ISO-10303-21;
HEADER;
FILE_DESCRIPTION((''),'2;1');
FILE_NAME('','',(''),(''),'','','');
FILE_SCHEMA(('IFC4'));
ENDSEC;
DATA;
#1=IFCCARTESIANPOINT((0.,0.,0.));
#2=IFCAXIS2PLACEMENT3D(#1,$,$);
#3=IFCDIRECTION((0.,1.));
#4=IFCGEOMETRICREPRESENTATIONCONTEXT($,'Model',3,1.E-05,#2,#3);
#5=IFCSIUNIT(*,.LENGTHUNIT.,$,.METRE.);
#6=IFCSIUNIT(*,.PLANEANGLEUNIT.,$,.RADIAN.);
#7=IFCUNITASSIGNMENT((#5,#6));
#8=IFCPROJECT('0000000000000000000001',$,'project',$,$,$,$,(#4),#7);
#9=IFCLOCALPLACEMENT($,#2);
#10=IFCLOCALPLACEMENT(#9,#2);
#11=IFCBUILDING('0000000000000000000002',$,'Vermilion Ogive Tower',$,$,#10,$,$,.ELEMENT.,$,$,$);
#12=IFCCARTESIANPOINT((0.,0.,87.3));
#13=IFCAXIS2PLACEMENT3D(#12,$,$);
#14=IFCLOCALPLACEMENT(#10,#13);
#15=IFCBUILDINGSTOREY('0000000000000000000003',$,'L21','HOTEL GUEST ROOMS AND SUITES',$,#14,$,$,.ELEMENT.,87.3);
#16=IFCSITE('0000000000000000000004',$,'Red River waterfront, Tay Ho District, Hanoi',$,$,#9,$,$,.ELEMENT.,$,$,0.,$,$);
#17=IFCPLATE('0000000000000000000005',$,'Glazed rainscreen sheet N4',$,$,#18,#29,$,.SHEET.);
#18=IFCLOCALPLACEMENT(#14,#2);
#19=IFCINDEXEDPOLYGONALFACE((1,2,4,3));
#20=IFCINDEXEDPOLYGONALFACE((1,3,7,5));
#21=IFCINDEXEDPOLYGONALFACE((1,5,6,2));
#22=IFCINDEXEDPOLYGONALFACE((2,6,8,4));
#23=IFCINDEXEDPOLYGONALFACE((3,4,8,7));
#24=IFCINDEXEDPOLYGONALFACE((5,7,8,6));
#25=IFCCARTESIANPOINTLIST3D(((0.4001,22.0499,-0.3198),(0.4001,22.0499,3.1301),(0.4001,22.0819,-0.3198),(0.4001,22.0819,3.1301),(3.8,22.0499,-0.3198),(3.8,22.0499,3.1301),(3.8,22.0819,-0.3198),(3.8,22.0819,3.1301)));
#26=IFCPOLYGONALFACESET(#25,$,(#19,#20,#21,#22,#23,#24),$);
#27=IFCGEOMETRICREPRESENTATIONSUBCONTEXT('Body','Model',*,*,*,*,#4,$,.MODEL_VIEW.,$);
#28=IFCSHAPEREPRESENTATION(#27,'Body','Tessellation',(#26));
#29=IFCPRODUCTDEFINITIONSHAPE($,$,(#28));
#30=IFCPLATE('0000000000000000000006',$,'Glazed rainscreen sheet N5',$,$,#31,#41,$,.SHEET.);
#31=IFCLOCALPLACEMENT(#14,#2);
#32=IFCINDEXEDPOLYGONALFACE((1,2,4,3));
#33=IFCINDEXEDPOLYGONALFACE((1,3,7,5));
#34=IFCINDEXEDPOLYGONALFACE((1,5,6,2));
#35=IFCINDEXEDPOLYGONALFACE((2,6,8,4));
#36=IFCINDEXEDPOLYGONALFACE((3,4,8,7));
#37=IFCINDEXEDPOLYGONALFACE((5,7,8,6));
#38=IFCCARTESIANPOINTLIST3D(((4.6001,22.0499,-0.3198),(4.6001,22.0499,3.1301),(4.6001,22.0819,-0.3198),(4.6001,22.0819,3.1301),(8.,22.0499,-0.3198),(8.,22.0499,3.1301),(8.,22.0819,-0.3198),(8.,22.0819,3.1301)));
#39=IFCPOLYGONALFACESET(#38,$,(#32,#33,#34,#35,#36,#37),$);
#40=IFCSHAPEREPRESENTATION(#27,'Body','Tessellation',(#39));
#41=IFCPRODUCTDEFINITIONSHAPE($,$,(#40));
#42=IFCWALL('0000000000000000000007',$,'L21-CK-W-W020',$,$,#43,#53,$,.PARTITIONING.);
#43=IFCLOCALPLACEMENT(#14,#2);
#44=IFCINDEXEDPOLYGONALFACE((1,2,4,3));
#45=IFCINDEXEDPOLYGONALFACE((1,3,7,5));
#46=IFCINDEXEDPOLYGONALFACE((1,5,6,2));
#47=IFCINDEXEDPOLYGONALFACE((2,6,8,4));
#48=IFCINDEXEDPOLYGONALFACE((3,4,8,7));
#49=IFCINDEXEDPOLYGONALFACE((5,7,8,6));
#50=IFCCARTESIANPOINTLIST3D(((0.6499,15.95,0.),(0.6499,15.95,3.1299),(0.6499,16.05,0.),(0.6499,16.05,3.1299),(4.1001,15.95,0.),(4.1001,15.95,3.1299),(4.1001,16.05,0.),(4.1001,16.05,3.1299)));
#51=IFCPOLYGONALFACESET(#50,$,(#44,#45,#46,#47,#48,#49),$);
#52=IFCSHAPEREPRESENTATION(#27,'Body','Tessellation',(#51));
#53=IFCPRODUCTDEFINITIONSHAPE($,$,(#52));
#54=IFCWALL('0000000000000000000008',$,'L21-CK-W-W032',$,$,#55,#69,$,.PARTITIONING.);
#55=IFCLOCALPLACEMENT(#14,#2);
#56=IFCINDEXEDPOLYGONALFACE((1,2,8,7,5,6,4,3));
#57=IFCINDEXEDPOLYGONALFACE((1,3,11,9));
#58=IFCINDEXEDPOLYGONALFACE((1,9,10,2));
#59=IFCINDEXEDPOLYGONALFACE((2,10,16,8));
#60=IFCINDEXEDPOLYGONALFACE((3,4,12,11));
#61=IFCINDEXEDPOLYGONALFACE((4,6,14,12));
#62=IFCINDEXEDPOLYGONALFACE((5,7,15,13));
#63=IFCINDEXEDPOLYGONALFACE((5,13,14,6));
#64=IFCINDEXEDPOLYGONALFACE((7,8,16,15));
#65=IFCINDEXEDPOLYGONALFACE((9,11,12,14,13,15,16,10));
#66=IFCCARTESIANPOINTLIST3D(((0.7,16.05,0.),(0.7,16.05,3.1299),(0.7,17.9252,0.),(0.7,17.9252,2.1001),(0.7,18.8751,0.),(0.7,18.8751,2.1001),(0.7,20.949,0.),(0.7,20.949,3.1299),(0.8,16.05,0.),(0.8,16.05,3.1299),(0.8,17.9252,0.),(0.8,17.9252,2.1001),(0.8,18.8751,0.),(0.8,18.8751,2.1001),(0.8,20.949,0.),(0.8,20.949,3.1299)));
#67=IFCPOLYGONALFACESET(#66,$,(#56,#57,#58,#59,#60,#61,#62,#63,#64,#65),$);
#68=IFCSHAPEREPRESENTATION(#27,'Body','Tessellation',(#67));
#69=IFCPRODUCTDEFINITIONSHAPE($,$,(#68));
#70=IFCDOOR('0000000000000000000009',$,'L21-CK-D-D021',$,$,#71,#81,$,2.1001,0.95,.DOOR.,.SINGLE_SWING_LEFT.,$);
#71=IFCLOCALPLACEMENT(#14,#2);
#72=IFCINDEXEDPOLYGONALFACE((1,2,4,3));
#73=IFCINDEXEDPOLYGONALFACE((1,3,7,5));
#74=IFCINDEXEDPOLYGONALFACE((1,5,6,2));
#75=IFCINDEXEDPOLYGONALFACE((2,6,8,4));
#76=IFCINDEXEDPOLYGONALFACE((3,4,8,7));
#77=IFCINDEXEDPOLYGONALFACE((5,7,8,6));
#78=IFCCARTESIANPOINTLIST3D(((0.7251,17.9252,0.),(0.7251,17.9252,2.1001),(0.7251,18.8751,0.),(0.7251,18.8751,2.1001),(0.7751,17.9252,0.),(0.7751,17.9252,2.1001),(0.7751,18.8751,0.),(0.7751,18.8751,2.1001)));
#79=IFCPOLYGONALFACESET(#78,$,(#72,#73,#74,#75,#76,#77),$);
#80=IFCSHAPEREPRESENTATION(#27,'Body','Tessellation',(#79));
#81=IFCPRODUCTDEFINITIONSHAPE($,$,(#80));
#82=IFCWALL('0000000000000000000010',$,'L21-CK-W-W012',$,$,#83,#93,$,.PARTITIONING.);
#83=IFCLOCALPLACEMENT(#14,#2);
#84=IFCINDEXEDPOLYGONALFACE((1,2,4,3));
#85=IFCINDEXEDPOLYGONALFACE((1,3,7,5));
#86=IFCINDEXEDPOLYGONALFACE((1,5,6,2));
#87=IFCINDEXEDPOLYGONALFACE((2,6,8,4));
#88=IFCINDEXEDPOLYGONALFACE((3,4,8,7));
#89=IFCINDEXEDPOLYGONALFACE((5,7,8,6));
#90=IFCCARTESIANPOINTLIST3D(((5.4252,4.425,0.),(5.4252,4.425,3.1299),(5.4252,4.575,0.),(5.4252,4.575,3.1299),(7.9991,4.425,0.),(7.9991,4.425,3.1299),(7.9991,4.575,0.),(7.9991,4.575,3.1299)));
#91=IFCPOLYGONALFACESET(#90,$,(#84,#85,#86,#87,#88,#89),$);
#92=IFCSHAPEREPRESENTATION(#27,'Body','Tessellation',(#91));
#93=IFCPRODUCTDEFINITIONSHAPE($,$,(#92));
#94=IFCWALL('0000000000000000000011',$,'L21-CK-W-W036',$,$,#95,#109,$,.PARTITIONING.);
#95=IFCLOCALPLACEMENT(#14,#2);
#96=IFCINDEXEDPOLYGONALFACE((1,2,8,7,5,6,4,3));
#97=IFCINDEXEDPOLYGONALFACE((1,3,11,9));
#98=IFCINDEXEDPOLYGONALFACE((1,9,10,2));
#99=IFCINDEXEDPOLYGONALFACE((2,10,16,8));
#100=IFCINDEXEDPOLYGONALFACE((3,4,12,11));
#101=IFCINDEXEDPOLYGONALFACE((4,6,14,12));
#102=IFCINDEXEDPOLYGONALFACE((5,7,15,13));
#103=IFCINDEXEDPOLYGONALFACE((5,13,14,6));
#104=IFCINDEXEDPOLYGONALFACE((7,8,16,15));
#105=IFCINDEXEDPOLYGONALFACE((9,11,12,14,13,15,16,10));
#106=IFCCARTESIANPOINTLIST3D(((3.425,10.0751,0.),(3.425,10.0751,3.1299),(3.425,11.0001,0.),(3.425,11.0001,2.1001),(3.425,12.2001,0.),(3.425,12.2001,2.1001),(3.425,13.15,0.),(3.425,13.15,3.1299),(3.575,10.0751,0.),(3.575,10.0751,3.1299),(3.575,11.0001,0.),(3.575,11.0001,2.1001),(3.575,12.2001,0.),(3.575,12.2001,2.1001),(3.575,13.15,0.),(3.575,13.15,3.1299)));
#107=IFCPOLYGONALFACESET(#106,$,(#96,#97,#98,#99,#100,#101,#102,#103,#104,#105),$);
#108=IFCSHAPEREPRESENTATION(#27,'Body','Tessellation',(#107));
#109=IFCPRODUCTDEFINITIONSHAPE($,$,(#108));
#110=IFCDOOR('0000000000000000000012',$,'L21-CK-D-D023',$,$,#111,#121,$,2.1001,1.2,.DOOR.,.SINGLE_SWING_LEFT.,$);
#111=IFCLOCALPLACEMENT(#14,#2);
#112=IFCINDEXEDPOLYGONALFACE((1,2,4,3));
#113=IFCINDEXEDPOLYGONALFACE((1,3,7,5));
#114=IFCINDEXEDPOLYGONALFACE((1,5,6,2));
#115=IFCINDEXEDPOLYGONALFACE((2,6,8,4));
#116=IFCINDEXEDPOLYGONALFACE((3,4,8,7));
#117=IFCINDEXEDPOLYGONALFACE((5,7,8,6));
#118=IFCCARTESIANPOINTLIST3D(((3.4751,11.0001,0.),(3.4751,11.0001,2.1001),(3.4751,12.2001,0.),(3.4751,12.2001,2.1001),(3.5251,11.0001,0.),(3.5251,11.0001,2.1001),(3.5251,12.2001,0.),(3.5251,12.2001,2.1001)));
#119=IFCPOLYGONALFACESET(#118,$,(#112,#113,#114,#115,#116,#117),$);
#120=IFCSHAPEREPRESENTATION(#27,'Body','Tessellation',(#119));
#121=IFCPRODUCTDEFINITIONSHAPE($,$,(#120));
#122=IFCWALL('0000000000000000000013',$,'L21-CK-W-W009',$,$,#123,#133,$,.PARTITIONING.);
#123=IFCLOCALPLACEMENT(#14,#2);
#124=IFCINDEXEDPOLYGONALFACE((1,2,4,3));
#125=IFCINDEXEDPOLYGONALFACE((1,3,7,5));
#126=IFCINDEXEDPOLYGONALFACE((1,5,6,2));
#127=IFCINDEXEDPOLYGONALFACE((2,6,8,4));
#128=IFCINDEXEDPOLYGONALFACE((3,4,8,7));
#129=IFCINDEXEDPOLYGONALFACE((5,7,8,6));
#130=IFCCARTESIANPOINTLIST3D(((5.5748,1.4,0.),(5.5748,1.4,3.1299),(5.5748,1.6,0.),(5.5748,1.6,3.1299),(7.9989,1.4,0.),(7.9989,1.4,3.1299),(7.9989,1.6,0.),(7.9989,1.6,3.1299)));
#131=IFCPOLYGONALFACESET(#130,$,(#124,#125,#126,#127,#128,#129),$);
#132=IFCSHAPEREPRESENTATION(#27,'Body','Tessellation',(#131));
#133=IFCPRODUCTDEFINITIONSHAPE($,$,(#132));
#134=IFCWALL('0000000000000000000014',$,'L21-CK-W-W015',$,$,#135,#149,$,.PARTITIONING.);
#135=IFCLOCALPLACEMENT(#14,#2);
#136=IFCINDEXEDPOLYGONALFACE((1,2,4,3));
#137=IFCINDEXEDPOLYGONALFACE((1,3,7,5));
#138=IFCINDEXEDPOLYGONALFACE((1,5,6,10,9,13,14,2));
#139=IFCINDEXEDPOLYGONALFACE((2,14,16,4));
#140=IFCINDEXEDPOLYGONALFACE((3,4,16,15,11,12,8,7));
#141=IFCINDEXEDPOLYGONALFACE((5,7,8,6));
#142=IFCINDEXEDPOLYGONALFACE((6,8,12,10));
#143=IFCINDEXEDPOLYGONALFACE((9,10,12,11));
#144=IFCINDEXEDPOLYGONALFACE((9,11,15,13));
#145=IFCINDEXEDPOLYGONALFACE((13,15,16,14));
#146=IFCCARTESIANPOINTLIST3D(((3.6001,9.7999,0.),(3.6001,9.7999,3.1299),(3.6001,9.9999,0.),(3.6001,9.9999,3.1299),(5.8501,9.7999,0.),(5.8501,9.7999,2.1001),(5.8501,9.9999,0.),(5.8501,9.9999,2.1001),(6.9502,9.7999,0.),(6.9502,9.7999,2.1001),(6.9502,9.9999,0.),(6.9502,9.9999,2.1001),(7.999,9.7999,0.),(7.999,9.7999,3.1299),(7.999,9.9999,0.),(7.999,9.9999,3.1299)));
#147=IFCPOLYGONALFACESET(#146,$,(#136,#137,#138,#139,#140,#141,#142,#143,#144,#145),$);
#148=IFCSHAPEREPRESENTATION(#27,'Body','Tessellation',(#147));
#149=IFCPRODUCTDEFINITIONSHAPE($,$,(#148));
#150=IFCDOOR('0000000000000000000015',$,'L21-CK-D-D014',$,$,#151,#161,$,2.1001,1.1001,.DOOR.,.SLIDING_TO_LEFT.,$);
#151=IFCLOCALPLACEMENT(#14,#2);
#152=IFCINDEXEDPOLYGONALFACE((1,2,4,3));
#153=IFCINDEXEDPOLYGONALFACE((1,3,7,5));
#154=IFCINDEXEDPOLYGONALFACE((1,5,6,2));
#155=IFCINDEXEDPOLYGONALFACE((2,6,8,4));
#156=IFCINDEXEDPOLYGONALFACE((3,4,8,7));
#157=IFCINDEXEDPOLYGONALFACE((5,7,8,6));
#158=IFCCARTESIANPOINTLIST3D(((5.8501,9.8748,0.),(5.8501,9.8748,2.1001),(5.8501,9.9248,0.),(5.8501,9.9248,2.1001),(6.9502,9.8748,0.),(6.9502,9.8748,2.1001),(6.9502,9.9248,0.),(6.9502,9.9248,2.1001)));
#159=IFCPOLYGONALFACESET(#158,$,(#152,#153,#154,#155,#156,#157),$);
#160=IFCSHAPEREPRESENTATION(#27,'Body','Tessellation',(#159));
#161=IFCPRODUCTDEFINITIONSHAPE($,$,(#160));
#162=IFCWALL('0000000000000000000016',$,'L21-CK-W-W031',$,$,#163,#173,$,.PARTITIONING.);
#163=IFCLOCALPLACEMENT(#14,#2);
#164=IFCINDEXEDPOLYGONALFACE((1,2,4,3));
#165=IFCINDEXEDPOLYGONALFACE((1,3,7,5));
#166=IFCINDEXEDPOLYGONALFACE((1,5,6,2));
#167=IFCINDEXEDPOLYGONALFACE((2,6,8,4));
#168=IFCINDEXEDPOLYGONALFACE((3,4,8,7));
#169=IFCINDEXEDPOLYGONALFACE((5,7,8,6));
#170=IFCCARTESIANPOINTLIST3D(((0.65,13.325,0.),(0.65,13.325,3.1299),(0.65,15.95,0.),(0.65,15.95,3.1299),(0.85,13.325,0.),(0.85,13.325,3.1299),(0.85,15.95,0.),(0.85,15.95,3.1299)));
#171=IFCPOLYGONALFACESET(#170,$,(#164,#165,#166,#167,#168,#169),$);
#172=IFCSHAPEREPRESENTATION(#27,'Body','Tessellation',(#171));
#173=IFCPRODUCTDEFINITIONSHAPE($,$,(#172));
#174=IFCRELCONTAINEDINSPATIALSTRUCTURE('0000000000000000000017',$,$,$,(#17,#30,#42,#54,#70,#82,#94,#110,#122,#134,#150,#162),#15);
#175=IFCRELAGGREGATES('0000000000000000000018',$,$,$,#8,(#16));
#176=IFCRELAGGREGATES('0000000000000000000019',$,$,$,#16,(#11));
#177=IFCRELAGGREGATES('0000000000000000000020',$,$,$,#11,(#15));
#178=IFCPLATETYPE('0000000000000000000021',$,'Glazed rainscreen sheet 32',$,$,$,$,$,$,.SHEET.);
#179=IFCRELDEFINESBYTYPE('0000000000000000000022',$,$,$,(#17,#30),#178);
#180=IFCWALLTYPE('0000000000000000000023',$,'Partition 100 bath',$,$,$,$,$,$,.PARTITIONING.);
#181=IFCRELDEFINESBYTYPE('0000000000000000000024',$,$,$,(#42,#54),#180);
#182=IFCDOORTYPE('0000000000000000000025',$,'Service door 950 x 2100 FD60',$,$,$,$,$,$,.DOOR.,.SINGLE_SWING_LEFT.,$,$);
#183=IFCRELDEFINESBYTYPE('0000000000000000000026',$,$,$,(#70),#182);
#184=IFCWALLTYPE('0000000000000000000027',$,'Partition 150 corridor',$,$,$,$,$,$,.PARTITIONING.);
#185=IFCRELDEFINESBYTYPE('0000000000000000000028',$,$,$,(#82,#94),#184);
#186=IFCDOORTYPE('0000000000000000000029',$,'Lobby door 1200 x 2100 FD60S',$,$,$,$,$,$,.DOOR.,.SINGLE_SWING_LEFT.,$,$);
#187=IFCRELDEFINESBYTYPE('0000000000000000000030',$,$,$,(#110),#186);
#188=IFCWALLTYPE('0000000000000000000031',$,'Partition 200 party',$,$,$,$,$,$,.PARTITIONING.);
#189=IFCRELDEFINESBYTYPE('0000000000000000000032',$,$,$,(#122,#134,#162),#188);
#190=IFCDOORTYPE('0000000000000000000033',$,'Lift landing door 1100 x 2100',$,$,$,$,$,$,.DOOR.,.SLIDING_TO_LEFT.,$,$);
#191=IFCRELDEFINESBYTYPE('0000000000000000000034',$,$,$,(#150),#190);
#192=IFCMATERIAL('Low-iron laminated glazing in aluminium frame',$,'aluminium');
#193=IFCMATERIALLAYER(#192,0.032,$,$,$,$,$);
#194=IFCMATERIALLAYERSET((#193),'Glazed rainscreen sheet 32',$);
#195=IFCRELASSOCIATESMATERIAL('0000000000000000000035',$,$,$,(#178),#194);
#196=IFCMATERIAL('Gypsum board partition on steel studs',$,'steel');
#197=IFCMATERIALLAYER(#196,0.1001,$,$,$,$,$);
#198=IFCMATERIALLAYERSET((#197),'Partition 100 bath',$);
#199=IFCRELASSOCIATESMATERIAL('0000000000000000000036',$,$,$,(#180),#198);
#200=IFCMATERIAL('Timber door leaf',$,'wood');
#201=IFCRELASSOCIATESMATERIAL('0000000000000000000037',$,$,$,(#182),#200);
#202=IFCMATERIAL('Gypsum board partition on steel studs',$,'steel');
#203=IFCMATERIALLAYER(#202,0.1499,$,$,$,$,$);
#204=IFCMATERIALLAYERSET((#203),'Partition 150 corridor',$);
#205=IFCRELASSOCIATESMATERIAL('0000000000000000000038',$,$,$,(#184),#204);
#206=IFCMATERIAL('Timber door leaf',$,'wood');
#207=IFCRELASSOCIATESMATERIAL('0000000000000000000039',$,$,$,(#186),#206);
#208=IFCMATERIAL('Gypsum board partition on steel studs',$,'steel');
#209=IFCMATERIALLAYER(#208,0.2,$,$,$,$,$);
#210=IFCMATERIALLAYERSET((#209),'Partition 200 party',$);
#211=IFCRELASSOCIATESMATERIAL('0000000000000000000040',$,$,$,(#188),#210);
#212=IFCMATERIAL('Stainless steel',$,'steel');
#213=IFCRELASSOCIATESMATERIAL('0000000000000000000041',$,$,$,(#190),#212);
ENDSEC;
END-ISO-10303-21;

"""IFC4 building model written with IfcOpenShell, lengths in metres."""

from ifc_helpers import new_model, si_unit, direction, frame, frame_2d, origin, origin_2d, place, context, subcontext, project, spatial, rectangle, extrude, material, layer, layer_set, type_object, element, fill, save


model = new_model("IFC4")

# Units and contexts
model_context = context("Model", 3, precision=1e-05, world=origin(), true_north=direction((0.0, 1.0)))
body_context = subcontext(model_context, "Body", "Model", "MODEL_VIEW")
ifc_project = project(units=[si_unit("LENGTHUNIT", "METRE"), si_unit("PLANEANGLEUNIT", "RADIAN")], contexts=[model_context])

# Site, building, storey
site_placement = place(None, origin())
site = spatial("IfcSite", under=ifc_project, at=site_placement, Name="Red River waterfront, Tay Ho District, Hanoi", CompositionType="ELEMENT", RefElevation=0.0)
building_placement = place(site_placement, origin())
building = spatial("IfcBuilding", under=site, at=building_placement, Name="Vermilion Ogive Tower", CompositionType="ELEMENT")
storey_placement = place(building_placement, frame((0.0, 0.0, 87.3)))
storey = spatial("IfcBuildingStorey", under=building, at=storey_placement, Name="L21", Description="HOTEL GUEST ROOMS AND SUITES", CompositionType="ELEMENT", Elevation=87.3)

# Plates
ifc_material_1 = material(Name="Low-iron laminated glazing in aluminium frame", Category="aluminium")
ifc_layer_1 = layer(ifc_material_1, 0.032)
ifc_layer_set_1 = layer_set([ifc_layer_1], Name="Glazed rainscreen sheet 32")
plate_type = type_object("IfcPlateType", Name="Glazed rainscreen sheet 32", PredefinedType="SHEET", material=ifc_layer_set_1)
for number, where, z_axis, x_axis, name in (
    (1, (2.1001, 22.0659, -0.3198), (0.0, 0.0, 1.0), (1.0, 0.0, 0.0), "Glazed rainscreen sheet N4"),
    (2, (6.3, 22.0659, -0.3198), (0.0, 0.0, 1.0), (1.0, 0.0, 0.0), "Glazed rainscreen sheet N5"),
):
    element("IfcPlate", number, at=place(storey_placement, frame(where, z_axis=z_axis, x_axis=x_axis)), inside=storey, type_object=plate_type, Name=name, PredefinedType="SHEET", context=body_context, shape_type="SweptSolid", body=[
        extrude(rectangle(XDim=3.3999, YDim=0.032, at=origin_2d()), origin(), (0.0, 0.0, 1.0), 3.45),
    ])

# Wall
ifc_material_2 = material(Name="Gypsum board partition on steel studs", Category="steel")
ifc_layer_2 = layer(ifc_material_2, 0.1001)
ifc_layer_set_2 = layer_set([ifc_layer_2], Name="Partition 100 bath")
wall_type_1 = type_object("IfcWallType", Name="Partition 100 bath", PredefinedType="PARTITIONING", material=ifc_layer_set_2)
wall_1_placement = place(storey_placement, frame((0.6499, 16.0, 0.0), z_axis=(0.0, 0.0, 1.0), x_axis=(1.0, 0.0, 0.0)))
element("IfcWall", 3, at=wall_1_placement, inside=storey, type_object=wall_type_1, Name="L21-CK-W-W020", PredefinedType="PARTITIONING", context=body_context, shape_type="SweptSolid", body=[
    extrude(rectangle(XDim=3.4502, YDim=0.1001, at=frame_2d((1.7251, 0.0))), origin(), (0.0, 0.0, 1.0), 3.1299),
])

# Wall, opening, door
wall_2_placement = place(storey_placement, frame((0.75, 16.05, 0.0), z_axis=(0.0, 0.0, 1.0), x_axis=(0.0, 1.0, 0.0)))
wall_2 = element("IfcWall", 4, at=wall_2_placement, inside=storey, type_object=wall_type_1, Name="L21-CK-W-W032", PredefinedType="PARTITIONING", context=body_context, shape_type="SweptSolid", body=[
    extrude(rectangle(XDim=4.8989, YDim=0.1001, at=frame_2d((2.4495, 0.0))), origin(), (0.0, 0.0, 1.0), 3.1299),
])
opening_1_placement = place(wall_2_placement, frame((1.875, 0.0, 0.0)))
opening_1 = element("IfcOpeningElement", 5, at=opening_1_placement, cuts=wall_2, PredefinedType="OPENING", context=body_context, shape_type="SweptSolid", body=[
    extrude(rectangle(XDim=0.95, YDim=2.1001, at=frame_2d((0.4751, 1.05))), frame((0.0, 0.0601, 0.0), z_axis=(0.0, -1.0, 0.0), x_axis=(1.0, 0.0, 0.0)), (0.0, 0.0, 1.0), 0.1201),
])
ifc_material_3 = material(Name="Timber door leaf", Category="wood")
door_type_1 = type_object("IfcDoorType", Name="Service door 950 x 2100 FD60", OperationType="SINGLE_SWING_LEFT", PredefinedType="DOOR", material=ifc_material_3)
door_1_placement = place(opening_1_placement, origin())
door_1 = element("IfcDoor", 6, at=door_1_placement, inside=storey, type_object=door_type_1, Name="L21-CK-D-D021", OperationType="SINGLE_SWING_LEFT", OverallHeight=2.1001, OverallWidth=0.95, PredefinedType="DOOR", context=body_context, shape_type="SweptSolid", body=[
    extrude(rectangle(XDim=0.95, YDim=2.1001, at=frame_2d((0.4751, 1.05))), frame((0.0, 0.0249, 0.0), z_axis=(0.0, -1.0, 0.0), x_axis=(1.0, 0.0, 0.0)), (0.0, 0.0, 1.0), 0.05),
])
fill(opening_1, door_1)

# Wall
ifc_material_4 = material(Name="Gypsum board partition on steel studs", Category="steel")
ifc_layer_3 = layer(ifc_material_4, 0.1499)
ifc_layer_set_3 = layer_set([ifc_layer_3], Name="Partition 150 corridor")
wall_type_2 = type_object("IfcWallType", Name="Partition 150 corridor", PredefinedType="PARTITIONING", material=ifc_layer_set_3)
wall_3_placement = place(storey_placement, frame((5.425, 4.5, 0.0), z_axis=(0.0, 0.0, 1.0), x_axis=(1.0, 0.0, 0.0)))
element("IfcWall", 7, at=wall_3_placement, inside=storey, type_object=wall_type_2, Name="L21-CK-W-W012", PredefinedType="PARTITIONING", context=body_context, shape_type="SweptSolid", body=[
    extrude(rectangle(XDim=2.574, YDim=0.1499, at=frame_2d((1.2871, 0.0))), origin(), (0.0, 0.0, 1.0), 3.1299),
])

# Wall, opening, door
wall_4_placement = place(storey_placement, frame((3.5, 10.075, 0.0), z_axis=(0.0, 0.0, 1.0), x_axis=(0.0, 1.0, 0.0)))
wall_4 = element("IfcWall", 8, at=wall_4_placement, inside=storey, type_object=wall_type_2, Name="L21-CK-W-W036", PredefinedType="PARTITIONING", context=body_context, shape_type="SweptSolid", body=[
    extrude(rectangle(XDim=3.075, YDim=0.1499, at=frame_2d((1.5376, 0.0))), origin(), (0.0, 0.0, 1.0), 3.1299),
])
opening_2_placement = place(wall_4_placement, frame((0.925, 0.0, 0.0)))
opening_2 = element("IfcOpeningElement", 9, at=opening_2_placement, cuts=wall_4, PredefinedType="OPENING", context=body_context, shape_type="SweptSolid", body=[
    extrude(rectangle(XDim=1.2, YDim=2.1001, at=frame_2d((0.6001, 1.05))), frame((0.0, 0.085, 0.0), z_axis=(0.0, -1.0, 0.0), x_axis=(1.0, 0.0, 0.0)), (0.0, 0.0, 1.0), 0.1699),
])
ifc_material_5 = material(Name="Timber door leaf", Category="wood")
door_type_2 = type_object("IfcDoorType", Name="Lobby door 1200 x 2100 FD60S", OperationType="SINGLE_SWING_LEFT", PredefinedType="DOOR", material=ifc_material_5)
door_2_placement = place(opening_2_placement, origin())
door_2 = element("IfcDoor", 10, at=door_2_placement, inside=storey, type_object=door_type_2, Name="L21-CK-D-D023", OperationType="SINGLE_SWING_LEFT", OverallHeight=2.1001, OverallWidth=1.2, PredefinedType="DOOR", context=body_context, shape_type="SweptSolid", body=[
    extrude(rectangle(XDim=1.2, YDim=2.1001, at=frame_2d((0.6001, 1.05))), frame((0.0, 0.0249, 0.0), z_axis=(0.0, -1.0, 0.0), x_axis=(1.0, 0.0, 0.0)), (0.0, 0.0, 1.0), 0.05),
])
fill(opening_2, door_2)

# Wall
ifc_material_6 = material(Name="Gypsum board partition on steel studs", Category="steel")
ifc_layer_4 = layer(ifc_material_6, 0.2)
ifc_layer_set_4 = layer_set([ifc_layer_4], Name="Partition 200 party")
wall_type_3 = type_object("IfcWallType", Name="Partition 200 party", PredefinedType="PARTITIONING", material=ifc_layer_set_4)
wall_5_placement = place(storey_placement, frame((5.575, 1.5, 0.0), z_axis=(0.0, 0.0, 1.0), x_axis=(1.0, 0.0, 0.0)))
element("IfcWall", 11, at=wall_5_placement, inside=storey, type_object=wall_type_3, Name="L21-CK-W-W009", PredefinedType="PARTITIONING", context=body_context, shape_type="SweptSolid", body=[
    extrude(rectangle(XDim=2.4241, YDim=0.2, at=frame_2d((1.2119, 0.0))), origin(), (0.0, 0.0, 1.0), 3.1299),
])

# Wall, opening, door
wall_6_placement = place(storey_placement, frame((3.6001, 9.8999, 0.0), z_axis=(0.0, 0.0, 1.0), x_axis=(1.0, 0.0, 0.0)))
wall_6 = element("IfcWall", 12, at=wall_6_placement, inside=storey, type_object=wall_type_3, Name="L21-CK-W-W015", PredefinedType="PARTITIONING", context=body_context, shape_type="SweptSolid", body=[
    extrude(rectangle(XDim=4.3989, YDim=0.2, at=frame_2d((2.1995, 0.0))), origin(), (0.0, 0.0, 1.0), 3.1299),
])
opening_3_placement = place(wall_6_placement, frame((2.25, 0.0, 0.0)))
opening_3 = element("IfcOpeningElement", 13, at=opening_3_placement, cuts=wall_6, PredefinedType="OPENING", context=body_context, shape_type="SweptSolid", body=[
    extrude(rectangle(XDim=1.1001, YDim=2.1001, at=frame_2d((0.55, 1.05))), frame((0.0, 0.1099, 0.0), z_axis=(0.0, -1.0, 0.0), x_axis=(1.0, 0.0, 0.0)), (0.0, 0.0, 1.0), 0.22),
])
ifc_material_7 = material(Name="Stainless steel", Category="steel")
door_type_3 = type_object("IfcDoorType", Name="Lift landing door 1100 x 2100", OperationType="SLIDING_TO_LEFT", PredefinedType="DOOR", material=ifc_material_7)
door_3_placement = place(opening_3_placement, origin())
door_3 = element("IfcDoor", 14, at=door_3_placement, inside=storey, type_object=door_type_3, Name="L21-CK-D-D014", OperationType="SLIDING_TO_LEFT", OverallHeight=2.1001, OverallWidth=1.1001, PredefinedType="DOOR", context=body_context, shape_type="SweptSolid", body=[
    extrude(rectangle(XDim=1.1001, YDim=2.1001, at=frame_2d((0.55, 1.05))), frame((0.0, 0.0249, 0.0), z_axis=(0.0, -1.0, 0.0), x_axis=(1.0, 0.0, 0.0)), (0.0, 0.0, 1.0), 0.05),
])
fill(opening_3, door_3)

# Wall
wall_7_placement = place(storey_placement, frame((0.75, 13.325, 0.0), z_axis=(0.0, 0.0, 1.0), x_axis=(0.0, 1.0, 0.0)))
element("IfcWall", 15, at=wall_7_placement, inside=storey, type_object=wall_type_3, Name="L21-CK-W-W031", PredefinedType="PARTITIONING", context=body_context, shape_type="SweptSolid", body=[
    extrude(rectangle(XDim=2.625, YDim=0.2, at=frame_2d((1.3125, 0.0))), origin(), (0.0, 0.0, 1.0), 3.1299),
])

save(model, "model.ifc")
